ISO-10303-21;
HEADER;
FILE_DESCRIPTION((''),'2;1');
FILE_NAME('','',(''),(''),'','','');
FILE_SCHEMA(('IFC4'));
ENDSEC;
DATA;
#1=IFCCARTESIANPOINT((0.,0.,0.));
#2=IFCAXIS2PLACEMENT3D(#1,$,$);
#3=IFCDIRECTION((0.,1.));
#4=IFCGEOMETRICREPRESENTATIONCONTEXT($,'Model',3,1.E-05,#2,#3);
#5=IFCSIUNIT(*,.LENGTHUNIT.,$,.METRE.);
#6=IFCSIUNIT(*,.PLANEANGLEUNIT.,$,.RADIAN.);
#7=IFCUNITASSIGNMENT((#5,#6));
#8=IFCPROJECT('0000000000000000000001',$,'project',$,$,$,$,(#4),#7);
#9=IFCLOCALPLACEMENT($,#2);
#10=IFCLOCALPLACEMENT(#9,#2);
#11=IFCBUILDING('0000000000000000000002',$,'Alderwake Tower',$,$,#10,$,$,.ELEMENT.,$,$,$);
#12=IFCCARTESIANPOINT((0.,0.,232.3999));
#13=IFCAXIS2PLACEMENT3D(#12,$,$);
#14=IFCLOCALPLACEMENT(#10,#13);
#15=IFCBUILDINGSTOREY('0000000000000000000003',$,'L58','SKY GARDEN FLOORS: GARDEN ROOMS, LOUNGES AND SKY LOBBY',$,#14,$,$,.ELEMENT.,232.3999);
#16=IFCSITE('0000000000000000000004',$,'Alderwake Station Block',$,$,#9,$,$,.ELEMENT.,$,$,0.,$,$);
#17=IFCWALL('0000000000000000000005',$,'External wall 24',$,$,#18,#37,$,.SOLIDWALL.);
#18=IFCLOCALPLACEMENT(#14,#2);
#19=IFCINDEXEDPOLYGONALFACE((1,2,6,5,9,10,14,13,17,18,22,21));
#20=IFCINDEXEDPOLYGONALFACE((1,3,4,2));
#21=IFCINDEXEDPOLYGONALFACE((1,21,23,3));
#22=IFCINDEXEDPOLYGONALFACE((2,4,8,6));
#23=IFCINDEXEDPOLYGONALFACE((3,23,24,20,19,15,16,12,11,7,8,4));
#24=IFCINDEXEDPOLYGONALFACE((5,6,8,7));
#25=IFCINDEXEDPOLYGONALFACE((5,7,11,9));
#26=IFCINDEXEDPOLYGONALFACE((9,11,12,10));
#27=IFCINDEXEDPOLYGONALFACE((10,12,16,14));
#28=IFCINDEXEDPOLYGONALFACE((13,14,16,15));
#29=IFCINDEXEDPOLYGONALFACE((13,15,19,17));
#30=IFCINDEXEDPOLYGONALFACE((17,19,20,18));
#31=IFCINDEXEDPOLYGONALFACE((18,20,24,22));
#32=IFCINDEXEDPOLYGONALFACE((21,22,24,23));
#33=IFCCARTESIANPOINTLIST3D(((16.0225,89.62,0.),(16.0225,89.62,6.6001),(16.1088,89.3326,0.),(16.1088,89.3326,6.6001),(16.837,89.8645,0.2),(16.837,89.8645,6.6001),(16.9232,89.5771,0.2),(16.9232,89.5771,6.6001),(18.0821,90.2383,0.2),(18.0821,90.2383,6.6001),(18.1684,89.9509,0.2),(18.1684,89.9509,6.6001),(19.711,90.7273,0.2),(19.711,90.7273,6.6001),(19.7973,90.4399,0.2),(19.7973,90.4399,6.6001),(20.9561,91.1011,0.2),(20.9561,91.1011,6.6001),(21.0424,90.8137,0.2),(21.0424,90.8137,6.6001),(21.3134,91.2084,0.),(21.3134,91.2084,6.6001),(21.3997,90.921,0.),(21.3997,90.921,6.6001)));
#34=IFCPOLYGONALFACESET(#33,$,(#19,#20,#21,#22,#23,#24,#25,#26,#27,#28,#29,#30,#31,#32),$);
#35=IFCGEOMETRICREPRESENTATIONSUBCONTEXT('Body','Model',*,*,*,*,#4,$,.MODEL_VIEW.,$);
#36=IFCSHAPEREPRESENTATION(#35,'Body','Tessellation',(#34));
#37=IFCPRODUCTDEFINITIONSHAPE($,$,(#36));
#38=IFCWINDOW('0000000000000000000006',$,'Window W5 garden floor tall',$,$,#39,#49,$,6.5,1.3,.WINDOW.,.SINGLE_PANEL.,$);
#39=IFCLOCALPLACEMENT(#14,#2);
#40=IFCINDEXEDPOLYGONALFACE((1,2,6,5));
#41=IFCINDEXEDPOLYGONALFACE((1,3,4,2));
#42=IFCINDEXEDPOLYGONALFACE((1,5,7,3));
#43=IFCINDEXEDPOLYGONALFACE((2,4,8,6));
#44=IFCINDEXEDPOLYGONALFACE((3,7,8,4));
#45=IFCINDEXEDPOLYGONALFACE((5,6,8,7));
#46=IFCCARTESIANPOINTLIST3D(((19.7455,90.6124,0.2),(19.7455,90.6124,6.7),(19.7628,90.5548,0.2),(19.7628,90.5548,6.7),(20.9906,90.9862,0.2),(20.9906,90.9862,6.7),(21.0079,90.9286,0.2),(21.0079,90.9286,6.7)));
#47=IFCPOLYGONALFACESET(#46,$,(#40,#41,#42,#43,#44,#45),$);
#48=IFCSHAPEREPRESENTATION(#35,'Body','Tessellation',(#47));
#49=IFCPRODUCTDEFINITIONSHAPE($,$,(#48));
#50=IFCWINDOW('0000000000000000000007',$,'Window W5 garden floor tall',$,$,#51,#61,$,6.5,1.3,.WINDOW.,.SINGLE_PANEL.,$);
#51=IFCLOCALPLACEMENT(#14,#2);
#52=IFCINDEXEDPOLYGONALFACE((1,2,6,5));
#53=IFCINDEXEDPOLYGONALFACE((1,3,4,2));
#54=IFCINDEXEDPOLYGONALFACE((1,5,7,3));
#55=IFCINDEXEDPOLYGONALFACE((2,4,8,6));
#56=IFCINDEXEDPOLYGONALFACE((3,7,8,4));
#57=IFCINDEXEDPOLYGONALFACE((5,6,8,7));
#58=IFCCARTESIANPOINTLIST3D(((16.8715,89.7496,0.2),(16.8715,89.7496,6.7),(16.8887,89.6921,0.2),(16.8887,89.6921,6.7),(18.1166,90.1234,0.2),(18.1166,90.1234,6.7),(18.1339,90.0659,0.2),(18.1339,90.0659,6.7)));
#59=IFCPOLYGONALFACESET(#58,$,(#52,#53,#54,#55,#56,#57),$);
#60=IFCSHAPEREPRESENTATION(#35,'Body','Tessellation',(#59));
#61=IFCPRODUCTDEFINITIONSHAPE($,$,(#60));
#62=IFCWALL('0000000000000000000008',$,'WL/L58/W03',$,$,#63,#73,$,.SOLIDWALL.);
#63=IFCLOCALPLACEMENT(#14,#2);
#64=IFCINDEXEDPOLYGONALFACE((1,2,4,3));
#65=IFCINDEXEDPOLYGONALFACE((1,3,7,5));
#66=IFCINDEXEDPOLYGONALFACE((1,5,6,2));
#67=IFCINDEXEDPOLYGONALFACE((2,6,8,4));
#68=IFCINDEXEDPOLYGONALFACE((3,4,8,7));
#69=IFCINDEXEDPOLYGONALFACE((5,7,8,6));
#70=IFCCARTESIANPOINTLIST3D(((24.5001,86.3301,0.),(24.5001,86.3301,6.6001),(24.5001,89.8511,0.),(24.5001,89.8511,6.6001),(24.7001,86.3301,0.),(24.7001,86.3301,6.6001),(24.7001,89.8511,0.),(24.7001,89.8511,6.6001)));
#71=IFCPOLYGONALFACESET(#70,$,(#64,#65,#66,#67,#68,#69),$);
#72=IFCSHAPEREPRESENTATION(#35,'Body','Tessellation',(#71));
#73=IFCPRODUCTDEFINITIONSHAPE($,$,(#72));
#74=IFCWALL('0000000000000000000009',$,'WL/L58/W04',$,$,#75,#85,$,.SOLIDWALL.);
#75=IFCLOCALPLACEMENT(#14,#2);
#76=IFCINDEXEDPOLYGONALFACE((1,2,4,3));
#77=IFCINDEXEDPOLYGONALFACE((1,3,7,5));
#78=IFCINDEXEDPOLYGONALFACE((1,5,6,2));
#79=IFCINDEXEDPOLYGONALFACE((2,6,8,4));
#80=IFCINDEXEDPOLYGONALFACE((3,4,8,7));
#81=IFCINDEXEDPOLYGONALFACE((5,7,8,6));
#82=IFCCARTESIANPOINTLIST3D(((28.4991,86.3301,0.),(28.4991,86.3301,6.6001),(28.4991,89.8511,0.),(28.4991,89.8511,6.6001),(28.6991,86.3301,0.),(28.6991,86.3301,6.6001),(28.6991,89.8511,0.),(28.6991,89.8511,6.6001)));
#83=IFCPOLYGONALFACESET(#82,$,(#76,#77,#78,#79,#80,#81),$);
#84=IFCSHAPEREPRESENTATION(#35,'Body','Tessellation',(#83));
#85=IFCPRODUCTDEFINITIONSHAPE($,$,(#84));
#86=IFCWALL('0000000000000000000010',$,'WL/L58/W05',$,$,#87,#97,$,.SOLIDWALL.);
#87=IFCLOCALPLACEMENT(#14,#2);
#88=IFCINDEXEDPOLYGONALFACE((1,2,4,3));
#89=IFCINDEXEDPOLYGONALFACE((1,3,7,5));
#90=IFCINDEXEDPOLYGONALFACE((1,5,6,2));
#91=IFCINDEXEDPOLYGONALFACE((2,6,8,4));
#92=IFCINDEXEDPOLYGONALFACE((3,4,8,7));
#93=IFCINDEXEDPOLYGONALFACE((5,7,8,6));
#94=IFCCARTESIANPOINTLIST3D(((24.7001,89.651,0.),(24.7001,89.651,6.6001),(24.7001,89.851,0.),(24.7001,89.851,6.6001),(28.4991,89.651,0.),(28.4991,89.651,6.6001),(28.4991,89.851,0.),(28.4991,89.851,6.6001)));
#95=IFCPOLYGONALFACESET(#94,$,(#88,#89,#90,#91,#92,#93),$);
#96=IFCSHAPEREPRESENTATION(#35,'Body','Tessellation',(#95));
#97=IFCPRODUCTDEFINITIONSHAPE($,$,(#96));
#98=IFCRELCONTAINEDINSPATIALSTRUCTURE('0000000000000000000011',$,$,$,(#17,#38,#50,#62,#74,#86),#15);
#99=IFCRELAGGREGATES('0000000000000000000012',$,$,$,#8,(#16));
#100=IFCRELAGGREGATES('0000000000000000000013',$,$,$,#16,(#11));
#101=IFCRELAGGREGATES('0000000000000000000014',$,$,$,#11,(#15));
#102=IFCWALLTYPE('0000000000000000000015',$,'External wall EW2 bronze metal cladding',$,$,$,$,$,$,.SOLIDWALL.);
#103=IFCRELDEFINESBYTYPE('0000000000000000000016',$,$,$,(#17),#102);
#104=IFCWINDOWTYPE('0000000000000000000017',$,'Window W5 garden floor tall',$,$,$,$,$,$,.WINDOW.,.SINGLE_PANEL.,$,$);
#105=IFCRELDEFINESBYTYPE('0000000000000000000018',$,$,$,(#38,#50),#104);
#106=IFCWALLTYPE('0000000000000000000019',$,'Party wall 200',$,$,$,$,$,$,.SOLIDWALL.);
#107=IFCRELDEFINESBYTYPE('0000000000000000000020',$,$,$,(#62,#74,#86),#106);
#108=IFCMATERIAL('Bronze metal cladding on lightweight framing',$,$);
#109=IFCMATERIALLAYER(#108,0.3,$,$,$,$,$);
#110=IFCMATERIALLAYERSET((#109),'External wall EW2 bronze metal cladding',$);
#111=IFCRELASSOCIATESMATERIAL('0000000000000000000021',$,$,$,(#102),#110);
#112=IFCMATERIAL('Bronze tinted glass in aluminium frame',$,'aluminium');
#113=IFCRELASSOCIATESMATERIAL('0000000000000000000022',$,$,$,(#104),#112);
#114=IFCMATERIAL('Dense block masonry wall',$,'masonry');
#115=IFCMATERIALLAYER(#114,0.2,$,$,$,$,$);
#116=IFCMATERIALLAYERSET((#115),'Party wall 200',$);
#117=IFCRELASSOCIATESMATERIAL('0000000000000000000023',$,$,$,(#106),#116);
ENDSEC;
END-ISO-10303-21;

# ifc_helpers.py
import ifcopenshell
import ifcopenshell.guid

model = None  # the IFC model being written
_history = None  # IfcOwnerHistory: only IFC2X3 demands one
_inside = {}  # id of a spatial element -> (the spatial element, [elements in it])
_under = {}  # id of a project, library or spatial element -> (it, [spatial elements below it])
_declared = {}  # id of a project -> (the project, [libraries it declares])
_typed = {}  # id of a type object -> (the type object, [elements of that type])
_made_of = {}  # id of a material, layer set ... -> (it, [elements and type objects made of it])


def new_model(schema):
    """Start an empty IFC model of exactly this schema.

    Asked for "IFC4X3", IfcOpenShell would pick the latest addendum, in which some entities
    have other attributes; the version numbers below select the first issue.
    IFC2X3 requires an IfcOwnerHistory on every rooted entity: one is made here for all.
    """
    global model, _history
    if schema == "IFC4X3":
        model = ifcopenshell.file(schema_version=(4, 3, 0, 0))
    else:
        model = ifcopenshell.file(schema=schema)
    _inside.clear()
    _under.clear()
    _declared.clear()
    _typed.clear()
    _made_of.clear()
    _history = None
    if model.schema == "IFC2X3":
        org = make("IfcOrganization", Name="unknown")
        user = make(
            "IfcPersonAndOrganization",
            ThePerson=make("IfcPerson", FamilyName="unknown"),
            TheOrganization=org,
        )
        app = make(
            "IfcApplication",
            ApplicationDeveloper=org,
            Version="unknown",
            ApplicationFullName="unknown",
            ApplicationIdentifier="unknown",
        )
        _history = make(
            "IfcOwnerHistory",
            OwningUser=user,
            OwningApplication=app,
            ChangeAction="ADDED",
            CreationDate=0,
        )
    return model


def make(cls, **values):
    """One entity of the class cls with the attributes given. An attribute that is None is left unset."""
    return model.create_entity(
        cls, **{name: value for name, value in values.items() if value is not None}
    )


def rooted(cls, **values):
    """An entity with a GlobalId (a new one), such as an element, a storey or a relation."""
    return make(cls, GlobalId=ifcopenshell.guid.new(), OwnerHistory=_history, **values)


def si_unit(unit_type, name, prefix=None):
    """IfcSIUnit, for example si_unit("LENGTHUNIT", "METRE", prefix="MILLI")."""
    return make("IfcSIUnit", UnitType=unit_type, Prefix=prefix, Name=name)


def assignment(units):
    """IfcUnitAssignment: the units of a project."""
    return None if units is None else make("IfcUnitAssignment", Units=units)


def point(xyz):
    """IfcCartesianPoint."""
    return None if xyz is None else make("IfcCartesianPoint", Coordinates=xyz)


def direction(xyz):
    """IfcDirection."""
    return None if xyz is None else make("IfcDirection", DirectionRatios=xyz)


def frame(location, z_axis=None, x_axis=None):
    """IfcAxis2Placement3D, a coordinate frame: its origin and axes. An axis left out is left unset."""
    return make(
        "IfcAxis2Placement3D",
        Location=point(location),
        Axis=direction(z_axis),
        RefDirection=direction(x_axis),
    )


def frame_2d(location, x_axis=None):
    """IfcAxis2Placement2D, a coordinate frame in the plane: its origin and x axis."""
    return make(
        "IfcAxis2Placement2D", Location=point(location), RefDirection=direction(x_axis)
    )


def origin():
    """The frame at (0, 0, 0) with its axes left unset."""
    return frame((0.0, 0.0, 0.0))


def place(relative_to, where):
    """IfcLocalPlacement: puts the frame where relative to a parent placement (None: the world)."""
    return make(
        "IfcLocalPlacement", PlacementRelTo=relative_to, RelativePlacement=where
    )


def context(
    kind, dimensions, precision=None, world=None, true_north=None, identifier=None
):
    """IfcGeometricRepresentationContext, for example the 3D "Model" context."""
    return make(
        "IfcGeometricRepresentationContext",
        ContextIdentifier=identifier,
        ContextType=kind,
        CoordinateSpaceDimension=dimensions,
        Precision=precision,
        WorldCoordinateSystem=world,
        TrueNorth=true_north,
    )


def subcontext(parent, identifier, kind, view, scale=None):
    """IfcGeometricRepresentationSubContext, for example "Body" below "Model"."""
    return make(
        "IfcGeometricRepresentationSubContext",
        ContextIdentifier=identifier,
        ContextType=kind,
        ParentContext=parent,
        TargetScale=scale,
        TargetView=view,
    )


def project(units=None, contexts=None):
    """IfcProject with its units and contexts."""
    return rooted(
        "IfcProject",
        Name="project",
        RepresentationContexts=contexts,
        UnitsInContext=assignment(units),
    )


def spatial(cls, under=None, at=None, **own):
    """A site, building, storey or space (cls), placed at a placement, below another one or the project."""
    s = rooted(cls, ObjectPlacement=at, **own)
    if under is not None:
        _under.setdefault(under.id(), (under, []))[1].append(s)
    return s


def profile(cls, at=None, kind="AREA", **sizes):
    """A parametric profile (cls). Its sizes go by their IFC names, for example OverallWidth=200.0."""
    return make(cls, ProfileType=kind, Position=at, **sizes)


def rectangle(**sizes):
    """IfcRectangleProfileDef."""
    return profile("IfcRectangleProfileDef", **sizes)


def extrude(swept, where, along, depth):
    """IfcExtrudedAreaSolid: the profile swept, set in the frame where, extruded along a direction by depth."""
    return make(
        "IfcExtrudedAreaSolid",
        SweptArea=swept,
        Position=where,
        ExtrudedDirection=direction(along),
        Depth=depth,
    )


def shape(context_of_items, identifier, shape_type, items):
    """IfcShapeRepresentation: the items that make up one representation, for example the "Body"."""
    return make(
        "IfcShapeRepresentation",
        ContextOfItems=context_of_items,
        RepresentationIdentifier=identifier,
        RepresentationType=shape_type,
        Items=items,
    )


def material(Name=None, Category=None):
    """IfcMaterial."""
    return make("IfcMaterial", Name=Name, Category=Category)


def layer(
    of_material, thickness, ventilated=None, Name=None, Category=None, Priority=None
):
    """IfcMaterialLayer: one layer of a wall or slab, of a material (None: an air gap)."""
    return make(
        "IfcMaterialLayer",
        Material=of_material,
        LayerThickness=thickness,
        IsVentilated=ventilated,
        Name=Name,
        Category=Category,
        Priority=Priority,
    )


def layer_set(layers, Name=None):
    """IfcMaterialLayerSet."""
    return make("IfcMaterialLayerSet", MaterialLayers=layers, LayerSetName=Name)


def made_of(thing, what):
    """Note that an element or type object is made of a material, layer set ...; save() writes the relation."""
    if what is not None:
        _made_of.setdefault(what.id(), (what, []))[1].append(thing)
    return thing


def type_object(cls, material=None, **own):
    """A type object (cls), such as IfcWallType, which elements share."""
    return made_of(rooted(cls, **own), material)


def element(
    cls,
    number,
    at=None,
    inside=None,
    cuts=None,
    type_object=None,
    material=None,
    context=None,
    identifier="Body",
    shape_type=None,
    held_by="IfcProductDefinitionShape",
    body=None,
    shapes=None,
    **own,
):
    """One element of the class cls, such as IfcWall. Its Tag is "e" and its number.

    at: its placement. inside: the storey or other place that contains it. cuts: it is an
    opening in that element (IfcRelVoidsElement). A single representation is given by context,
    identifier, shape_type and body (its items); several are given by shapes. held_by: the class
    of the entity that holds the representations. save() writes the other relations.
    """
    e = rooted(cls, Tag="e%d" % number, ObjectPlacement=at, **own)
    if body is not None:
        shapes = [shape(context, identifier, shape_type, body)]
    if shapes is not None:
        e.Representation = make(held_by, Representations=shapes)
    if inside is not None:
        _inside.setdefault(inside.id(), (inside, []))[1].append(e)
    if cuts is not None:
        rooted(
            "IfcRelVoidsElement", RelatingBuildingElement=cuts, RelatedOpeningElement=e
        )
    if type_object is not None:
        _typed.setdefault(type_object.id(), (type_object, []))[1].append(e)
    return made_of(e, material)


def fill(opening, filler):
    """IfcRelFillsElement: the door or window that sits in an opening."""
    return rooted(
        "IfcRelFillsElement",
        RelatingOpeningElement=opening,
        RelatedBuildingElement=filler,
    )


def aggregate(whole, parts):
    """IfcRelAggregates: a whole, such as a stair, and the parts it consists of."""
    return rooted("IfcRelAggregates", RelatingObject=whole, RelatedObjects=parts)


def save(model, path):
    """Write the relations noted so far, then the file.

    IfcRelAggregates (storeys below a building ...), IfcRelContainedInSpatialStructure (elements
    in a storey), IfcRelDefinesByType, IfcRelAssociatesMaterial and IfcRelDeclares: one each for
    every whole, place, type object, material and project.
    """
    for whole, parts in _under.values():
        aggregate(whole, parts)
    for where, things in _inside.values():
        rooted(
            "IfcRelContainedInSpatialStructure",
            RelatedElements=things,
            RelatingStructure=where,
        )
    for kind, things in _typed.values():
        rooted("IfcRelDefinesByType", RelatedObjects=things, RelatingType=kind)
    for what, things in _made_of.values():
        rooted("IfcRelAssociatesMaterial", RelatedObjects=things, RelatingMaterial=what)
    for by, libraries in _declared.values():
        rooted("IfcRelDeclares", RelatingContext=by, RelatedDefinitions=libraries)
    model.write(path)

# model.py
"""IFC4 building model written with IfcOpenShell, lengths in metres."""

from ifc_helpers import new_model, si_unit, direction, frame, frame_2d, origin, place, context, subcontext, project, spatial, rectangle, extrude, material, layer, layer_set, type_object, element, fill, save


model = new_model("IFC4")

# Units and contexts
model_context = context("Model", 3, precision=1e-05, world=origin(), true_north=direction((0.0, 1.0)))
body_context = subcontext(model_context, "Body", "Model", "MODEL_VIEW")
ifc_project = project(units=[si_unit("LENGTHUNIT", "METRE"), si_unit("PLANEANGLEUNIT", "RADIAN")], contexts=[model_context])

# Site, building, storey
site_placement = place(None, origin())
site = spatial("IfcSite", under=ifc_project, at=site_placement, Name="Alderwake Station Block", CompositionType="ELEMENT", RefElevation=0.0)
building_placement = place(site_placement, origin())
building = spatial("IfcBuilding", under=site, at=building_placement, Name="Alderwake Tower", CompositionType="ELEMENT")
storey_placement = place(building_placement, frame((0.0, 0.0, 232.3999)))
storey = spatial("IfcBuildingStorey", under=building, at=storey_placement, Name="L58", Description="SKY GARDEN FLOORS: GARDEN ROOMS, LOUNGES AND SKY LOBBY", CompositionType="ELEMENT", Elevation=232.3999)

# Shared definitions
ifc_material_1 = material(Name="Bronze metal cladding on lightweight framing")
ifc_layer_1 = layer(ifc_material_1, 0.3)
ifc_layer_set_1 = layer_set([ifc_layer_1], Name="External wall EW2 bronze metal cladding")
wall_type_1 = type_object("IfcWallType", Name="External wall EW2 bronze metal cladding", PredefinedType="SOLIDWALL", material=ifc_layer_set_1)
ifc_material_2 = material(Name="Bronze tinted glass in aluminium frame", Category="aluminium")
window_type = type_object("IfcWindowType", Name="Window W5 garden floor tall", PartitioningType="SINGLE_PANEL", PredefinedType="WINDOW", material=ifc_material_2)

# Wall, openings, windows
wall_1_placement = place(storey_placement, frame((21.3567, 91.0647, 0.0), z_axis=(0.0, 0.0, 1.0), x_axis=(-0.957773, -0.287526, 0.0)))
wall_1 = element("IfcWall", 1, at=wall_1_placement, inside=storey, type_object=wall_type_1, Name="External wall 24", PredefinedType="SOLIDWALL", context=body_context, shape_type="SweptSolid", body=[
    extrude(rectangle(XDim=5.5242, YDim=0.3, at=frame_2d((2.7622, 0.0))), origin(), (0.0, 0.0, 1.0), 6.6001),
])
opening_1_placement = place(wall_1_placement, frame((0.3733, 0.0, 0.2)))
opening_1 = element("IfcOpeningElement", 2, at=opening_1_placement, cuts=wall_1, PredefinedType="OPENING", context=body_context, shape_type="SweptSolid", body=[
    extrude(rectangle(XDim=1.3, YDim=6.5, at=frame_2d((0.6499, 3.25))), frame((0.0, 0.1599, 0.0), z_axis=(0.0, -1.0, 0.0), x_axis=(1.0, 0.0, 0.0)), (0.0, 0.0, 1.0), 0.3201),
])
opening_2_placement = place(wall_1_placement, frame((3.374, 0.0, 0.2)))
opening_2 = element("IfcOpeningElement", 3, at=opening_2_placement, cuts=wall_1, PredefinedType="OPENING", context=body_context, shape_type="SweptSolid", body=[
    extrude(rectangle(XDim=1.3, YDim=6.5, at=frame_2d((0.6499, 3.25))), frame((0.0, 0.1599, 0.0), z_axis=(0.0, -1.0, 0.0), x_axis=(1.0, 0.0, 0.0)), (0.0, 0.0, 1.0), 0.3201),
])
window_1_placement = place(opening_1_placement, origin())
window_1 = element("IfcWindow", 4, at=window_1_placement, inside=storey, type_object=window_type, Name="Window W5 garden floor tall", OverallHeight=6.5, OverallWidth=1.3, PartitioningType="SINGLE_PANEL", PredefinedType="WINDOW", context=body_context, shape_type="SweptSolid", body=[
    extrude(rectangle(XDim=1.3, YDim=6.5, at=frame_2d((0.6499, 3.25))), frame((0.0, 0.03, 0.0), z_axis=(0.0, -1.0, 0.0), x_axis=(1.0, 0.0, 0.0)), (0.0, 0.0, 1.0), 0.0601),
])
fill(opening_1, window_1)
window_2_placement = place(opening_2_placement, origin())
window_2 = element("IfcWindow", 5, at=window_2_placement, inside=storey, type_object=window_type, Name="Window W5 garden floor tall", OverallHeight=6.5, OverallWidth=1.3, PartitioningType="SINGLE_PANEL", PredefinedType="WINDOW", context=body_context, shape_type="SweptSolid", body=[
    extrude(rectangle(XDim=1.3, YDim=6.5, at=frame_2d((0.6499, 3.25))), frame((0.0, 0.03, 0.0), z_axis=(0.0, -1.0, 0.0), x_axis=(1.0, 0.0, 0.0)), (0.0, 0.0, 1.0), 0.0601),
])
fill(opening_2, window_2)

# Walls
ifc_material_3 = material(Name="Dense block masonry wall", Category="masonry")
ifc_layer_2 = layer(ifc_material_3, 0.2)
ifc_layer_set_2 = layer_set([ifc_layer_2], Name="Party wall 200")
wall_type_2 = type_object("IfcWallType", Name="Party wall 200", PredefinedType="SOLIDWALL", material=ifc_layer_set_2)
for number, where, z_axis, x_axis, name in (
    (6, (24.6001, 89.8511, 0.0), (0.0, 0.0, 1.0), (0.0, -1.0, 0.0), "WL/L58/W03"),
    (7, (28.5991, 86.3301, 0.0), (0.0, 0.0, 1.0), (0.0, 1.0, 0.0), "WL/L58/W04"),
):
    element("IfcWall", number, at=place(storey_placement, frame(where, z_axis=z_axis, x_axis=x_axis)), inside=storey, type_object=wall_type_2, Name=name, PredefinedType="SOLIDWALL", context=body_context, shape_type="SweptSolid", body=[
        extrude(rectangle(XDim=3.521, YDim=0.2, at=frame_2d((1.7605, 0.0))), origin(), (0.0, 0.0, 1.0), 6.6001),
    ])
wall_2_placement = place(storey_placement, frame((28.499, 89.751, 0.0), z_axis=(0.0, 0.0, 1.0), x_axis=(-1.0, 0.0, 0.0)))
element("IfcWall", 8, at=wall_2_placement, inside=storey, type_object=wall_type_2, Name="WL/L58/W05", PredefinedType="SOLIDWALL", context=body_context, shape_type="SweptSolid", body=[
    extrude(rectangle(XDim=3.7991, YDim=0.2, at=frame_2d((1.8994, 0.0))), origin(), (0.0, 0.0, 1.0), 6.6001),
])

save(model, "model.ifc")
